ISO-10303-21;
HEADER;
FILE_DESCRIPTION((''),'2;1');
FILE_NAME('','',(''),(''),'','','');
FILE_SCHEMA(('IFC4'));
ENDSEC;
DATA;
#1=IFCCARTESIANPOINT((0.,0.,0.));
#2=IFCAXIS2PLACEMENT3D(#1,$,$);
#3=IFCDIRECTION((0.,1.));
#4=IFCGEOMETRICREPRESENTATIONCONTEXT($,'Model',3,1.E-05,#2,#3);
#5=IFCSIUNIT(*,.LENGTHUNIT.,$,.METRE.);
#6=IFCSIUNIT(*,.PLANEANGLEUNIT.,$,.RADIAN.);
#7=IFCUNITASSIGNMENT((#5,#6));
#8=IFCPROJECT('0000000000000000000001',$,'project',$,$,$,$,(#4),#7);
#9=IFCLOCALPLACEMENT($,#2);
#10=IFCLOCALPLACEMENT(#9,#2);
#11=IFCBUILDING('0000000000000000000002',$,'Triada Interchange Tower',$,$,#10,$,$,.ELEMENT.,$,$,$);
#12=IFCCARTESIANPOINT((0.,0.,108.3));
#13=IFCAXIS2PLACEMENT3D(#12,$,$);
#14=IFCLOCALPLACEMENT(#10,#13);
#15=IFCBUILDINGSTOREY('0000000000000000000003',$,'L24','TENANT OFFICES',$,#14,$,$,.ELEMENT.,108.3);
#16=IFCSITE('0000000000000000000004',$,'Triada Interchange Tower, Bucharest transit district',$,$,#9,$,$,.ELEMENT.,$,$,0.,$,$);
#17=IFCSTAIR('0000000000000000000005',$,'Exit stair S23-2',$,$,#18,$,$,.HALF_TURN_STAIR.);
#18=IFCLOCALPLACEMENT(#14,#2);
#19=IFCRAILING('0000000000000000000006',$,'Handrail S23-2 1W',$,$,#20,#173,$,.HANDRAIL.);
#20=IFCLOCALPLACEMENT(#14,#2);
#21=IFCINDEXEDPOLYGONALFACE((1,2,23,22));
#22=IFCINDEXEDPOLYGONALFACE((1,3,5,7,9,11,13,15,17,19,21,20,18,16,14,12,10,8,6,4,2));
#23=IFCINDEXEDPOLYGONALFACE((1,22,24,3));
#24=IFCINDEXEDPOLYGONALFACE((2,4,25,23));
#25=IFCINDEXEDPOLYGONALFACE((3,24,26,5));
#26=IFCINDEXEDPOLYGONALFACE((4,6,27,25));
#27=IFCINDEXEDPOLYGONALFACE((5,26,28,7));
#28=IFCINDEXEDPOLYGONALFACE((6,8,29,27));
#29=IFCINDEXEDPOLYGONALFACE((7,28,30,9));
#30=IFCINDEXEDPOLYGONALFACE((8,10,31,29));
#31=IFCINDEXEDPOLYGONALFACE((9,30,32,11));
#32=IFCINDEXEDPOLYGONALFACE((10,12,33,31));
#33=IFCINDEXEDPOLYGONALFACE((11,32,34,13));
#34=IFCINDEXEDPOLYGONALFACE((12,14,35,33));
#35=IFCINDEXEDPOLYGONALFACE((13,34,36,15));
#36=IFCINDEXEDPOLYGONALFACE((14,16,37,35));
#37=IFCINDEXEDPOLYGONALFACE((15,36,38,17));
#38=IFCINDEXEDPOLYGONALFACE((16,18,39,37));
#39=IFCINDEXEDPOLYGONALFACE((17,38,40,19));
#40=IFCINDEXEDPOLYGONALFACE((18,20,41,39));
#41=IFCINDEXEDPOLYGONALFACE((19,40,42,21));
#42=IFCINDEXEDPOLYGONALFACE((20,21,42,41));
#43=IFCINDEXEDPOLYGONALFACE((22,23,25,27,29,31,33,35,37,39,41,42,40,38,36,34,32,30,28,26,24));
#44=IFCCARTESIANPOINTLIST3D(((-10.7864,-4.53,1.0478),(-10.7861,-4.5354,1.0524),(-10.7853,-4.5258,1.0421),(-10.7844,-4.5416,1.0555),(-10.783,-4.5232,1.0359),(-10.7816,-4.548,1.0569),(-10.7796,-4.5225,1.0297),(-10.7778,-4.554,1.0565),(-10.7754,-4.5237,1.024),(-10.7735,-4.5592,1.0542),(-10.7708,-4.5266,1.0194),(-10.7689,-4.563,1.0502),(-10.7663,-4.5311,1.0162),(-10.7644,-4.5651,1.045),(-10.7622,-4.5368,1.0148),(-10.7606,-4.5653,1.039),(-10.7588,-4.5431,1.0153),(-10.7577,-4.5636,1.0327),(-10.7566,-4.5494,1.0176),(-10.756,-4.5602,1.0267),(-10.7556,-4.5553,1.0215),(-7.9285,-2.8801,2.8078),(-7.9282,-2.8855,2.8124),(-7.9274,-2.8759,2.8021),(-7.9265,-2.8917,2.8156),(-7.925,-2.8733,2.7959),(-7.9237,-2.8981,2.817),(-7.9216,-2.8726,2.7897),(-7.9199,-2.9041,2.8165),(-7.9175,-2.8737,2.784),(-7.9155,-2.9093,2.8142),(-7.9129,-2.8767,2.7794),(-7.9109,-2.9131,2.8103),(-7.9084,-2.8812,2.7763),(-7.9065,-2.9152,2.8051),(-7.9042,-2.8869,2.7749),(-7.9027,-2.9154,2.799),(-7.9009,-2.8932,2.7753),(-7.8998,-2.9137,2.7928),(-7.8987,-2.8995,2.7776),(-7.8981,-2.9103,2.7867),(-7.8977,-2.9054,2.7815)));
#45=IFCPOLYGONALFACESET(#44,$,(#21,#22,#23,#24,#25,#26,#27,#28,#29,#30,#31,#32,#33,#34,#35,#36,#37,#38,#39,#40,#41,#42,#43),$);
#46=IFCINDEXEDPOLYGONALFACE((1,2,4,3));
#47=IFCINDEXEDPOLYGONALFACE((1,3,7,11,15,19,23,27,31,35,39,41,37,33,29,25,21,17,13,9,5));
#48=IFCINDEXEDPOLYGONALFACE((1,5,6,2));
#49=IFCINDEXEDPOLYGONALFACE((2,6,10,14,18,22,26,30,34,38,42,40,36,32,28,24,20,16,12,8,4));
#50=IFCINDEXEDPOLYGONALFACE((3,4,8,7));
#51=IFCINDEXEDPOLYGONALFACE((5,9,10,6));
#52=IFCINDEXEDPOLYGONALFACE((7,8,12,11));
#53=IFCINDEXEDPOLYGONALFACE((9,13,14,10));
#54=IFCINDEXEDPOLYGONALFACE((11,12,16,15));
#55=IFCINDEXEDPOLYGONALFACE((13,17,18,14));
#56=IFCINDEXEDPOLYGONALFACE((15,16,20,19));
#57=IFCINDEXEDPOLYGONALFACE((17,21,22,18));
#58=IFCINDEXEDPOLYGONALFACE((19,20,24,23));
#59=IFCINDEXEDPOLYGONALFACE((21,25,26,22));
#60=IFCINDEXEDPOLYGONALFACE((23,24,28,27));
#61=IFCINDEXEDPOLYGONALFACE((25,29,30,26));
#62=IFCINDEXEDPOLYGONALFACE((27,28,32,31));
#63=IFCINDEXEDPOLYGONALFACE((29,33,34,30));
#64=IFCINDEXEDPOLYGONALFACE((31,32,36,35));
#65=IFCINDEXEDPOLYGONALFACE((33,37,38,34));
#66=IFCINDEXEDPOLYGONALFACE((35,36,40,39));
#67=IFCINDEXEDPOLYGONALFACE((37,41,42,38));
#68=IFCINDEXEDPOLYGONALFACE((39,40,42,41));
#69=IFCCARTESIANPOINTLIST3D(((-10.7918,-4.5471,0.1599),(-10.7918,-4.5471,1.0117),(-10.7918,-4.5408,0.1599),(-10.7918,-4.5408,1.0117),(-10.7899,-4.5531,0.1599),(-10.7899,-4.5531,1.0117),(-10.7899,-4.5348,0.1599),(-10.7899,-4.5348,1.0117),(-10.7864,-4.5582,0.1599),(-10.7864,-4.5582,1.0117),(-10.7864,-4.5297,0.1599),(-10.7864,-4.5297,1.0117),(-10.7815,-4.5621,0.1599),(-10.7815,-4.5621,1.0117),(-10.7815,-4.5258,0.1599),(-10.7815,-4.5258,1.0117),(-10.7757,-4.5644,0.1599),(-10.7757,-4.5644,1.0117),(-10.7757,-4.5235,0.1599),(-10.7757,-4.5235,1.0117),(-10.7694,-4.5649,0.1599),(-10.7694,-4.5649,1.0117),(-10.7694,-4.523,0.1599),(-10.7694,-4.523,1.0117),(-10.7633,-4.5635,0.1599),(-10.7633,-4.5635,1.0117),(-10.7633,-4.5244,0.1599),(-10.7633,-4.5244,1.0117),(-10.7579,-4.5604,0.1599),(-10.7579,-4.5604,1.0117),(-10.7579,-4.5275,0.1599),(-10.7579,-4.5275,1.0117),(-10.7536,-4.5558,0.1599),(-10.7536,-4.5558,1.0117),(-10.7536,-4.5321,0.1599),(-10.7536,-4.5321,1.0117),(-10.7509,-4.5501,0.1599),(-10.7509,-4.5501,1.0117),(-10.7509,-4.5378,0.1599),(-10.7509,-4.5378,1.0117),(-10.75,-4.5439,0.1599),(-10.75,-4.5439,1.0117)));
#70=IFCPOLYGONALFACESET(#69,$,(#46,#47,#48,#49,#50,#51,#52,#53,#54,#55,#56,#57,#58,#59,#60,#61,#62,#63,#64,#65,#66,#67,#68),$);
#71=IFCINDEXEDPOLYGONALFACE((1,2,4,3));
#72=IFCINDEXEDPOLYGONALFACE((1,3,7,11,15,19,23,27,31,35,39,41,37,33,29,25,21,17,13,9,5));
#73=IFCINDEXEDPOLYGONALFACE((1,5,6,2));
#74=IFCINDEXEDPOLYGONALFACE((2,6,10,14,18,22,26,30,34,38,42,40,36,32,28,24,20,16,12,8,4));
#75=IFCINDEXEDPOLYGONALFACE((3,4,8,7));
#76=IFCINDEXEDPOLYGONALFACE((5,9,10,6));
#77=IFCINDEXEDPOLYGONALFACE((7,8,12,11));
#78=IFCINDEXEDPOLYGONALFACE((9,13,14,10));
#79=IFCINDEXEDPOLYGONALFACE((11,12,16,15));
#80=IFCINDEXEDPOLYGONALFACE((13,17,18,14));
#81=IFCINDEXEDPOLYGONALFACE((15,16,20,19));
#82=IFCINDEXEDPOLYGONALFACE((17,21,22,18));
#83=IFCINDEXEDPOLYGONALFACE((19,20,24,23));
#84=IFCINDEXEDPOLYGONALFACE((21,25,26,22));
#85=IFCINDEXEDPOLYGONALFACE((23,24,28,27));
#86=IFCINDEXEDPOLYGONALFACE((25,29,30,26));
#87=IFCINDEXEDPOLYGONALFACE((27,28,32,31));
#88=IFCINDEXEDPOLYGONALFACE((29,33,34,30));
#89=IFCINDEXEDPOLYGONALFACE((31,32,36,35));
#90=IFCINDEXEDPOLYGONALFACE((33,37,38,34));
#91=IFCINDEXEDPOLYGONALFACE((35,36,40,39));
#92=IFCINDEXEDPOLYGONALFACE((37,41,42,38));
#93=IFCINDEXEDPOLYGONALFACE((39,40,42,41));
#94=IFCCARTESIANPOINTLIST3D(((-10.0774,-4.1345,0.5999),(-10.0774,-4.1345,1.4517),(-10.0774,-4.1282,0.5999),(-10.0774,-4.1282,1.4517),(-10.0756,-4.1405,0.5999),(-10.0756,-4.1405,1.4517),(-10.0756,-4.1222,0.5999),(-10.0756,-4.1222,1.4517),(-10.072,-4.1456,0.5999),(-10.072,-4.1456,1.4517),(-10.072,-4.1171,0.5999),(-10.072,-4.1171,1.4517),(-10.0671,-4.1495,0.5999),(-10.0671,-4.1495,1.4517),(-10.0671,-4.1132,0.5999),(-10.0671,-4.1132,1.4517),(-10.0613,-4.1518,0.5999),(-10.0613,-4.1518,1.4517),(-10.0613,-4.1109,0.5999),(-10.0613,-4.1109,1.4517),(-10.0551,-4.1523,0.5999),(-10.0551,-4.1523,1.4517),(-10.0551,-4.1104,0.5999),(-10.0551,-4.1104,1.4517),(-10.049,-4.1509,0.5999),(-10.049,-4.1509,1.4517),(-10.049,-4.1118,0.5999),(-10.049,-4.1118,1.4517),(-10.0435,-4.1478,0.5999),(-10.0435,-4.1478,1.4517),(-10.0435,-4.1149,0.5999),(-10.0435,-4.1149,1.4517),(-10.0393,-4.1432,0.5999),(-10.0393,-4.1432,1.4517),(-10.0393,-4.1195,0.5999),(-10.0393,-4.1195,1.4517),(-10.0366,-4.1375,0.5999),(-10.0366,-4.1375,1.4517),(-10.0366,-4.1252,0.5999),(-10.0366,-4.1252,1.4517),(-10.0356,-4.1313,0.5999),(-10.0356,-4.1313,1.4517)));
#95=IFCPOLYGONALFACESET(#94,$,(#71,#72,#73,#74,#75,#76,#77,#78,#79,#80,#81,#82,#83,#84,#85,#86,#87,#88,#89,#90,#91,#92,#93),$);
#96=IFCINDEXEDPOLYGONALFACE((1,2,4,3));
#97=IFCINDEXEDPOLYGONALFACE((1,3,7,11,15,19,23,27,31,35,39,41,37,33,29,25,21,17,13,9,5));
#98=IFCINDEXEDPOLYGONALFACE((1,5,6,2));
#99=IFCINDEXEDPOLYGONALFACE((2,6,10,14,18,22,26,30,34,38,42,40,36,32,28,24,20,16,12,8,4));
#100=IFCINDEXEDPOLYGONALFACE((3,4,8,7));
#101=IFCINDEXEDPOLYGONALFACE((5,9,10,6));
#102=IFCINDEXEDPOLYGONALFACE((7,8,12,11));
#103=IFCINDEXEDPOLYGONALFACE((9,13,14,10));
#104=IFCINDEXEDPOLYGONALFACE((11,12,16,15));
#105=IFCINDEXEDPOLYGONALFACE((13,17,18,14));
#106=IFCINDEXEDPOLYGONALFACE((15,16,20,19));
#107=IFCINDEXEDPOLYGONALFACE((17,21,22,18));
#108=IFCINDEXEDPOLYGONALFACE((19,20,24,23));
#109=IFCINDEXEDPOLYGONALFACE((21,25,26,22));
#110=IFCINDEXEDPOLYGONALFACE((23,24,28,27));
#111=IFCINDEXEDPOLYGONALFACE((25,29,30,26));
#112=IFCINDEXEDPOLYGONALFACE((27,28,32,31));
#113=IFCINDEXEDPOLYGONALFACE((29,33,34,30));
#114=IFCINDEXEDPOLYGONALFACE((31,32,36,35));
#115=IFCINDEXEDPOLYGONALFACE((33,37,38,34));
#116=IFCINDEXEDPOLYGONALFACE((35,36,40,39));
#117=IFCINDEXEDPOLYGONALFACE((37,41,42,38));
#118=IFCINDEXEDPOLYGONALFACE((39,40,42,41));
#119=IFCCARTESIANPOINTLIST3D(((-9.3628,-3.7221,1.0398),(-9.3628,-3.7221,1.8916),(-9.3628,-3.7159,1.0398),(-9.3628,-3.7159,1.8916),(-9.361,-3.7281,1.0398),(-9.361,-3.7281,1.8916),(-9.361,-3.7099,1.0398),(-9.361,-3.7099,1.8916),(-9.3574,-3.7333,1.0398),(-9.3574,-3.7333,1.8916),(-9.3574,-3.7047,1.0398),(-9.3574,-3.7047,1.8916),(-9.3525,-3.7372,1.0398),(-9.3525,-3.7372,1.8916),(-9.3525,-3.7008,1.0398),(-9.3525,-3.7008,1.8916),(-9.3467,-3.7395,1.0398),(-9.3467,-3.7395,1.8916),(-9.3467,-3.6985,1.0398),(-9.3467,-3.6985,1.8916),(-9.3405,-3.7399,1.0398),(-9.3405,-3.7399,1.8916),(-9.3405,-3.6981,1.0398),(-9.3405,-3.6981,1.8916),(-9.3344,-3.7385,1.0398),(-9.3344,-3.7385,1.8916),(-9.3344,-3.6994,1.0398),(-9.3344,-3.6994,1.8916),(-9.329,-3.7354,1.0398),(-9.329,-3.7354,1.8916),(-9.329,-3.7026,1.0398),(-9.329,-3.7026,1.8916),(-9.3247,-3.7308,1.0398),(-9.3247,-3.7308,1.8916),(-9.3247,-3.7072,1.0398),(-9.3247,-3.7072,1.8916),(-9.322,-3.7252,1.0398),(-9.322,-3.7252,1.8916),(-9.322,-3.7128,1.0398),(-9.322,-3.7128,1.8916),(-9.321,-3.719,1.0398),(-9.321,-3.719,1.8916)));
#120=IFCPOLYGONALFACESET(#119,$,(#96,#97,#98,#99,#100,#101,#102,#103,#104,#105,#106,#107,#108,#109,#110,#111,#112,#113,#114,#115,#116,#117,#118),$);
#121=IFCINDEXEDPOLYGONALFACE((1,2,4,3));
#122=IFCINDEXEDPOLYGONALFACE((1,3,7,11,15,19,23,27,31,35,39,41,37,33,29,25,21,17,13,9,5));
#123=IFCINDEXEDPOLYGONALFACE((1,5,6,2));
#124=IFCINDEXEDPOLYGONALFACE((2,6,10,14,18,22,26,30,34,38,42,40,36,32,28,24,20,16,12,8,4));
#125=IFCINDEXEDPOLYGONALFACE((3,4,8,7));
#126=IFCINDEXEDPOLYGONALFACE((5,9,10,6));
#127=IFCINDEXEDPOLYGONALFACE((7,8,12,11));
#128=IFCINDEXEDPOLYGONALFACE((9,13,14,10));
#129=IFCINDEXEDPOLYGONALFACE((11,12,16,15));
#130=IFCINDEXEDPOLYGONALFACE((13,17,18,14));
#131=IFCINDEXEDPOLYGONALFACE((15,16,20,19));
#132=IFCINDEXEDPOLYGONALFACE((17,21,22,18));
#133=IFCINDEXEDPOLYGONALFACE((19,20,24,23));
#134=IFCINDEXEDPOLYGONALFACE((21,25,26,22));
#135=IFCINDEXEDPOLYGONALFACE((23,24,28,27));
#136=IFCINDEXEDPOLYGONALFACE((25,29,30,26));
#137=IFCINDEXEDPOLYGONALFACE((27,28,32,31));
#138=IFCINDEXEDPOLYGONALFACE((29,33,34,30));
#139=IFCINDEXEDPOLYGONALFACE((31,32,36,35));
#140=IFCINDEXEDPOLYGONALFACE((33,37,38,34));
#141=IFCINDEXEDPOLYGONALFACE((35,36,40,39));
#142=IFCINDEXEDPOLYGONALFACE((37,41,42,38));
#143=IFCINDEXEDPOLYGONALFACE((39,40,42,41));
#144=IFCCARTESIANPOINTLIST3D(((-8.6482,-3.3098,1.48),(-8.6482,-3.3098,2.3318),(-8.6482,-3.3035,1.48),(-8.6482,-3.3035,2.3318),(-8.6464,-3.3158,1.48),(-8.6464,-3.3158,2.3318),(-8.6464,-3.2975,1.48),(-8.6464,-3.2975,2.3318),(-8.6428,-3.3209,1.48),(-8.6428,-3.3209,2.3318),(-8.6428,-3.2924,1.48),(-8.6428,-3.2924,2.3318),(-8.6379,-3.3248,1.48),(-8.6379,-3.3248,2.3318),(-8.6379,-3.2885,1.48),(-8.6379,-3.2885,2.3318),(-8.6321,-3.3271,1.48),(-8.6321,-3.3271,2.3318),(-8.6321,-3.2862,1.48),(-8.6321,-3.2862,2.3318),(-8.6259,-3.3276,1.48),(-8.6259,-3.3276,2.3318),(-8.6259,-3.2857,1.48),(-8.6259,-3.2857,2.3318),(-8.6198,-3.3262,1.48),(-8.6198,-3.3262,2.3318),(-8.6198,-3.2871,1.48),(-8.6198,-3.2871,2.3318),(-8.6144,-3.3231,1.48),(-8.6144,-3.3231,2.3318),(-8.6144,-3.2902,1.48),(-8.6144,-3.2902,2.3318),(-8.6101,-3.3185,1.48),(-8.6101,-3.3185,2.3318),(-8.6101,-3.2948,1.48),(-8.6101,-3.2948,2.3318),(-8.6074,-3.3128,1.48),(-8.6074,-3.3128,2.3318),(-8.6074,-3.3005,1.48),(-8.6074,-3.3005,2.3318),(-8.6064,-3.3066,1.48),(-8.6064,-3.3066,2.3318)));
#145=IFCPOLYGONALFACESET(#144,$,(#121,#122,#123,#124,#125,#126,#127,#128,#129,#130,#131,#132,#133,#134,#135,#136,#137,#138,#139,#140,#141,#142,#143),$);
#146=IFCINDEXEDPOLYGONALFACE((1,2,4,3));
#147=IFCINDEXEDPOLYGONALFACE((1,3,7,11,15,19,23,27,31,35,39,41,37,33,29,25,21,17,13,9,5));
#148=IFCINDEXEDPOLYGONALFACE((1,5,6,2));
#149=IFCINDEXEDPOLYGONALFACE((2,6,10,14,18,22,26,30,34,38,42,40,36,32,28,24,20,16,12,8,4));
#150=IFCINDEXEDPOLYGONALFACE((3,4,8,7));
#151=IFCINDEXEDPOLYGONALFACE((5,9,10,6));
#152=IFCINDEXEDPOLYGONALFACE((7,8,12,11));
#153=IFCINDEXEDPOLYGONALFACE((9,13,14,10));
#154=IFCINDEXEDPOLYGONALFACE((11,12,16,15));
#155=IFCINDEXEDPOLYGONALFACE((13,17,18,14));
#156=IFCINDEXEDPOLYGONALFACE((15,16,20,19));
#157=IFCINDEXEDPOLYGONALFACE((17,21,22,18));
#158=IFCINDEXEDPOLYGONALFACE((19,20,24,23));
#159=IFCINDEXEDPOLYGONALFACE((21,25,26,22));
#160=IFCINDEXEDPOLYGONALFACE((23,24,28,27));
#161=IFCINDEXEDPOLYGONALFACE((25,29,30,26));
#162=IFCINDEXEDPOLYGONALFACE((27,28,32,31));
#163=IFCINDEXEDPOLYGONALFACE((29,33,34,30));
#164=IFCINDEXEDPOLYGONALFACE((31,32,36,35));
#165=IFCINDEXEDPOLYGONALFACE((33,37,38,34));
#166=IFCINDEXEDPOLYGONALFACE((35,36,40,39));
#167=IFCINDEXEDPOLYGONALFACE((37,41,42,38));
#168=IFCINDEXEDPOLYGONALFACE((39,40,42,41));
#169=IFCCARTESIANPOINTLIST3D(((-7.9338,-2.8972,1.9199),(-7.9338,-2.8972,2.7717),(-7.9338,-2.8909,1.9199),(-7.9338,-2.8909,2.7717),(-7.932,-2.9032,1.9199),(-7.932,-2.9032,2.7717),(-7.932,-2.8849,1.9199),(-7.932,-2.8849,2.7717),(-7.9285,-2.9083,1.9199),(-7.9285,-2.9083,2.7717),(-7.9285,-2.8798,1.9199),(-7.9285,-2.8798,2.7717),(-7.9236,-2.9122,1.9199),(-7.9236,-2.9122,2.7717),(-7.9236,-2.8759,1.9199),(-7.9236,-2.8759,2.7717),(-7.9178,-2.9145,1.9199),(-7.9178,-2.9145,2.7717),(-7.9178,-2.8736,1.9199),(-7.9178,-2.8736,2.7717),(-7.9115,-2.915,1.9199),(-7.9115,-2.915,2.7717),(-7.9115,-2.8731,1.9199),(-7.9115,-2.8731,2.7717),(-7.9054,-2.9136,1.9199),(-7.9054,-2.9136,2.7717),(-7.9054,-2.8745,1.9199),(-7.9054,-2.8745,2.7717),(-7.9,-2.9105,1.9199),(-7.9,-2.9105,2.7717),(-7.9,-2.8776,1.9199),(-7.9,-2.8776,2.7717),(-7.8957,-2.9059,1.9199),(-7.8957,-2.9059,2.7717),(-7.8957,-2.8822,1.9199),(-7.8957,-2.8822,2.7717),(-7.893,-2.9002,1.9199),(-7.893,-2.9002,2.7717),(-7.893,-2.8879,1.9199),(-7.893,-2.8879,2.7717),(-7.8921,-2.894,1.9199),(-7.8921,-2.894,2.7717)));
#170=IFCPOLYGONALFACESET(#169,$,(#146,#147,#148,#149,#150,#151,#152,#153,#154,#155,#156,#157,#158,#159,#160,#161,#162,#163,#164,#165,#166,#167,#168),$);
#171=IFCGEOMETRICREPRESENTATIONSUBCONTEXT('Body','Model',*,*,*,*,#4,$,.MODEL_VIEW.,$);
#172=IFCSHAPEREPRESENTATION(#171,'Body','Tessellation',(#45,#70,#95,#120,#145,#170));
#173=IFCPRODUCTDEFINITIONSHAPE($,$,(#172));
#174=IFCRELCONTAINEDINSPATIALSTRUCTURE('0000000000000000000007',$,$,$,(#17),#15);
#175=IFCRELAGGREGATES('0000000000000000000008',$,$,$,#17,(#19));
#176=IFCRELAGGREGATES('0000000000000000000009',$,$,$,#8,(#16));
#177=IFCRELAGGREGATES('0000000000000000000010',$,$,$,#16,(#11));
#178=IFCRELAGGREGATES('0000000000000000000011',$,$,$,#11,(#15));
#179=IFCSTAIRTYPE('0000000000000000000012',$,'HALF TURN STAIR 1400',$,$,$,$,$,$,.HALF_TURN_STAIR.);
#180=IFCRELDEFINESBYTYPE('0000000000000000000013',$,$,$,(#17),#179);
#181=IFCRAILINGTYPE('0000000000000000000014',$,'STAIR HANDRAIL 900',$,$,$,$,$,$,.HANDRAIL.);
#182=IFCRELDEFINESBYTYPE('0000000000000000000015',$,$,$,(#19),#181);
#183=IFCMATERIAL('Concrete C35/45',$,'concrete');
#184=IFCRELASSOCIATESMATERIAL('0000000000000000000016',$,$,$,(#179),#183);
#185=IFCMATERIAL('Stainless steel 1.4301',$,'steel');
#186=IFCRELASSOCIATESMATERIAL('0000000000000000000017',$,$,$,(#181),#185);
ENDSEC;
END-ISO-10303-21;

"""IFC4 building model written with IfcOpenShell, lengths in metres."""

from ifc_helpers import new_model, si_unit, direction, frame, origin, origin_2d, place, context, subcontext, project, spatial, circle, extrude, material, type_object, element, aggregate, save


model = new_model("IFC4")

# Units and contexts
model_context = context("Model", 3, precision=1e-05, world=origin(), true_north=direction((0.0, 1.0)))
body_context = subcontext(model_context, "Body", "Model", "MODEL_VIEW")
ifc_project = project(units=[si_unit("LENGTHUNIT", "METRE"), si_unit("PLANEANGLEUNIT", "RADIAN")], contexts=[model_context])

# Site, building, storey
site_placement = place(None, origin())
site = spatial("IfcSite", under=ifc_project, at=site_placement, Name="Triada Interchange Tower, Bucharest transit district", CompositionType="ELEMENT", RefElevation=0.0)
building_placement = place(site_placement, origin())
building = spatial("IfcBuilding", under=site, at=building_placement, Name="Triada Interchange Tower", CompositionType="ELEMENT")
storey_placement = place(building_placement, frame((0.0, 0.0, 108.3)))
storey = spatial("IfcBuildingStorey", under=building, at=storey_placement, Name="L24", Description="TENANT OFFICES", CompositionType="ELEMENT", Elevation=108.3)

# Stair, railing
ifc_material_1 = material(Name="Concrete C35/45", Category="concrete")
stair_type = type_object("IfcStairType", Name="HALF TURN STAIR 1400", PredefinedType="HALF_TURN_STAIR", material=ifc_material_1)
stair_placement = place(storey_placement, origin())
stair = element("IfcStair", 1, at=stair_placement, inside=storey, type_object=stair_type, Name="Exit stair S23-2", PredefinedType="HALF_TURN_STAIR")
ifc_material_2 = material(Name="Stainless steel 1.4301", Category="steel")
railing_type = type_object("IfcRailingType", Name="STAIR HANDRAIL 900", PredefinedType="HANDRAIL", material=ifc_material_2)
railing_1_placement = place(storey_placement, frame((-10.771, -4.5439, 0.1599)))
railing_1 = element("IfcRailing", 2, at=railing_1_placement, type_object=railing_type, Name="Handrail S23-2 1W", PredefinedType="HANDRAIL", context=body_context, shape_type="SweptSolid", body=[
    extrude(circle(Radius=0.0239, at=origin_2d()), frame((0.0, 0.0, 0.876), z_axis=(0.764151, 0.441153, 0.470593), x_axis=(-0.499974, 0.86604, 0.0)), (0.0, 0.0, 1.0), 3.74),
    extrude(circle(Radius=0.021, at=origin_2d()), origin(), (0.0, 0.0, 1.0), 0.8518),
    extrude(circle(Radius=0.021, at=origin_2d()), frame((0.7144, 0.4126, 0.4399)), (0.0, 0.0, 1.0), 0.8518),
    extrude(circle(Radius=0.021, at=origin_2d()), frame((1.429, 0.825, 0.8799)), (0.0, 0.0, 1.0), 0.8518),
    extrude(circle(Radius=0.021, at=origin_2d()), frame((2.1436, 1.2373, 1.3201)), (0.0, 0.0, 1.0), 0.8518),
    extrude(circle(Radius=0.021, at=origin_2d()), frame((2.8579, 1.6499, 1.76)), (0.0, 0.0, 1.0), 0.8518),
])
aggregate(stair, [railing_1])

save(model, "model.ifc")
